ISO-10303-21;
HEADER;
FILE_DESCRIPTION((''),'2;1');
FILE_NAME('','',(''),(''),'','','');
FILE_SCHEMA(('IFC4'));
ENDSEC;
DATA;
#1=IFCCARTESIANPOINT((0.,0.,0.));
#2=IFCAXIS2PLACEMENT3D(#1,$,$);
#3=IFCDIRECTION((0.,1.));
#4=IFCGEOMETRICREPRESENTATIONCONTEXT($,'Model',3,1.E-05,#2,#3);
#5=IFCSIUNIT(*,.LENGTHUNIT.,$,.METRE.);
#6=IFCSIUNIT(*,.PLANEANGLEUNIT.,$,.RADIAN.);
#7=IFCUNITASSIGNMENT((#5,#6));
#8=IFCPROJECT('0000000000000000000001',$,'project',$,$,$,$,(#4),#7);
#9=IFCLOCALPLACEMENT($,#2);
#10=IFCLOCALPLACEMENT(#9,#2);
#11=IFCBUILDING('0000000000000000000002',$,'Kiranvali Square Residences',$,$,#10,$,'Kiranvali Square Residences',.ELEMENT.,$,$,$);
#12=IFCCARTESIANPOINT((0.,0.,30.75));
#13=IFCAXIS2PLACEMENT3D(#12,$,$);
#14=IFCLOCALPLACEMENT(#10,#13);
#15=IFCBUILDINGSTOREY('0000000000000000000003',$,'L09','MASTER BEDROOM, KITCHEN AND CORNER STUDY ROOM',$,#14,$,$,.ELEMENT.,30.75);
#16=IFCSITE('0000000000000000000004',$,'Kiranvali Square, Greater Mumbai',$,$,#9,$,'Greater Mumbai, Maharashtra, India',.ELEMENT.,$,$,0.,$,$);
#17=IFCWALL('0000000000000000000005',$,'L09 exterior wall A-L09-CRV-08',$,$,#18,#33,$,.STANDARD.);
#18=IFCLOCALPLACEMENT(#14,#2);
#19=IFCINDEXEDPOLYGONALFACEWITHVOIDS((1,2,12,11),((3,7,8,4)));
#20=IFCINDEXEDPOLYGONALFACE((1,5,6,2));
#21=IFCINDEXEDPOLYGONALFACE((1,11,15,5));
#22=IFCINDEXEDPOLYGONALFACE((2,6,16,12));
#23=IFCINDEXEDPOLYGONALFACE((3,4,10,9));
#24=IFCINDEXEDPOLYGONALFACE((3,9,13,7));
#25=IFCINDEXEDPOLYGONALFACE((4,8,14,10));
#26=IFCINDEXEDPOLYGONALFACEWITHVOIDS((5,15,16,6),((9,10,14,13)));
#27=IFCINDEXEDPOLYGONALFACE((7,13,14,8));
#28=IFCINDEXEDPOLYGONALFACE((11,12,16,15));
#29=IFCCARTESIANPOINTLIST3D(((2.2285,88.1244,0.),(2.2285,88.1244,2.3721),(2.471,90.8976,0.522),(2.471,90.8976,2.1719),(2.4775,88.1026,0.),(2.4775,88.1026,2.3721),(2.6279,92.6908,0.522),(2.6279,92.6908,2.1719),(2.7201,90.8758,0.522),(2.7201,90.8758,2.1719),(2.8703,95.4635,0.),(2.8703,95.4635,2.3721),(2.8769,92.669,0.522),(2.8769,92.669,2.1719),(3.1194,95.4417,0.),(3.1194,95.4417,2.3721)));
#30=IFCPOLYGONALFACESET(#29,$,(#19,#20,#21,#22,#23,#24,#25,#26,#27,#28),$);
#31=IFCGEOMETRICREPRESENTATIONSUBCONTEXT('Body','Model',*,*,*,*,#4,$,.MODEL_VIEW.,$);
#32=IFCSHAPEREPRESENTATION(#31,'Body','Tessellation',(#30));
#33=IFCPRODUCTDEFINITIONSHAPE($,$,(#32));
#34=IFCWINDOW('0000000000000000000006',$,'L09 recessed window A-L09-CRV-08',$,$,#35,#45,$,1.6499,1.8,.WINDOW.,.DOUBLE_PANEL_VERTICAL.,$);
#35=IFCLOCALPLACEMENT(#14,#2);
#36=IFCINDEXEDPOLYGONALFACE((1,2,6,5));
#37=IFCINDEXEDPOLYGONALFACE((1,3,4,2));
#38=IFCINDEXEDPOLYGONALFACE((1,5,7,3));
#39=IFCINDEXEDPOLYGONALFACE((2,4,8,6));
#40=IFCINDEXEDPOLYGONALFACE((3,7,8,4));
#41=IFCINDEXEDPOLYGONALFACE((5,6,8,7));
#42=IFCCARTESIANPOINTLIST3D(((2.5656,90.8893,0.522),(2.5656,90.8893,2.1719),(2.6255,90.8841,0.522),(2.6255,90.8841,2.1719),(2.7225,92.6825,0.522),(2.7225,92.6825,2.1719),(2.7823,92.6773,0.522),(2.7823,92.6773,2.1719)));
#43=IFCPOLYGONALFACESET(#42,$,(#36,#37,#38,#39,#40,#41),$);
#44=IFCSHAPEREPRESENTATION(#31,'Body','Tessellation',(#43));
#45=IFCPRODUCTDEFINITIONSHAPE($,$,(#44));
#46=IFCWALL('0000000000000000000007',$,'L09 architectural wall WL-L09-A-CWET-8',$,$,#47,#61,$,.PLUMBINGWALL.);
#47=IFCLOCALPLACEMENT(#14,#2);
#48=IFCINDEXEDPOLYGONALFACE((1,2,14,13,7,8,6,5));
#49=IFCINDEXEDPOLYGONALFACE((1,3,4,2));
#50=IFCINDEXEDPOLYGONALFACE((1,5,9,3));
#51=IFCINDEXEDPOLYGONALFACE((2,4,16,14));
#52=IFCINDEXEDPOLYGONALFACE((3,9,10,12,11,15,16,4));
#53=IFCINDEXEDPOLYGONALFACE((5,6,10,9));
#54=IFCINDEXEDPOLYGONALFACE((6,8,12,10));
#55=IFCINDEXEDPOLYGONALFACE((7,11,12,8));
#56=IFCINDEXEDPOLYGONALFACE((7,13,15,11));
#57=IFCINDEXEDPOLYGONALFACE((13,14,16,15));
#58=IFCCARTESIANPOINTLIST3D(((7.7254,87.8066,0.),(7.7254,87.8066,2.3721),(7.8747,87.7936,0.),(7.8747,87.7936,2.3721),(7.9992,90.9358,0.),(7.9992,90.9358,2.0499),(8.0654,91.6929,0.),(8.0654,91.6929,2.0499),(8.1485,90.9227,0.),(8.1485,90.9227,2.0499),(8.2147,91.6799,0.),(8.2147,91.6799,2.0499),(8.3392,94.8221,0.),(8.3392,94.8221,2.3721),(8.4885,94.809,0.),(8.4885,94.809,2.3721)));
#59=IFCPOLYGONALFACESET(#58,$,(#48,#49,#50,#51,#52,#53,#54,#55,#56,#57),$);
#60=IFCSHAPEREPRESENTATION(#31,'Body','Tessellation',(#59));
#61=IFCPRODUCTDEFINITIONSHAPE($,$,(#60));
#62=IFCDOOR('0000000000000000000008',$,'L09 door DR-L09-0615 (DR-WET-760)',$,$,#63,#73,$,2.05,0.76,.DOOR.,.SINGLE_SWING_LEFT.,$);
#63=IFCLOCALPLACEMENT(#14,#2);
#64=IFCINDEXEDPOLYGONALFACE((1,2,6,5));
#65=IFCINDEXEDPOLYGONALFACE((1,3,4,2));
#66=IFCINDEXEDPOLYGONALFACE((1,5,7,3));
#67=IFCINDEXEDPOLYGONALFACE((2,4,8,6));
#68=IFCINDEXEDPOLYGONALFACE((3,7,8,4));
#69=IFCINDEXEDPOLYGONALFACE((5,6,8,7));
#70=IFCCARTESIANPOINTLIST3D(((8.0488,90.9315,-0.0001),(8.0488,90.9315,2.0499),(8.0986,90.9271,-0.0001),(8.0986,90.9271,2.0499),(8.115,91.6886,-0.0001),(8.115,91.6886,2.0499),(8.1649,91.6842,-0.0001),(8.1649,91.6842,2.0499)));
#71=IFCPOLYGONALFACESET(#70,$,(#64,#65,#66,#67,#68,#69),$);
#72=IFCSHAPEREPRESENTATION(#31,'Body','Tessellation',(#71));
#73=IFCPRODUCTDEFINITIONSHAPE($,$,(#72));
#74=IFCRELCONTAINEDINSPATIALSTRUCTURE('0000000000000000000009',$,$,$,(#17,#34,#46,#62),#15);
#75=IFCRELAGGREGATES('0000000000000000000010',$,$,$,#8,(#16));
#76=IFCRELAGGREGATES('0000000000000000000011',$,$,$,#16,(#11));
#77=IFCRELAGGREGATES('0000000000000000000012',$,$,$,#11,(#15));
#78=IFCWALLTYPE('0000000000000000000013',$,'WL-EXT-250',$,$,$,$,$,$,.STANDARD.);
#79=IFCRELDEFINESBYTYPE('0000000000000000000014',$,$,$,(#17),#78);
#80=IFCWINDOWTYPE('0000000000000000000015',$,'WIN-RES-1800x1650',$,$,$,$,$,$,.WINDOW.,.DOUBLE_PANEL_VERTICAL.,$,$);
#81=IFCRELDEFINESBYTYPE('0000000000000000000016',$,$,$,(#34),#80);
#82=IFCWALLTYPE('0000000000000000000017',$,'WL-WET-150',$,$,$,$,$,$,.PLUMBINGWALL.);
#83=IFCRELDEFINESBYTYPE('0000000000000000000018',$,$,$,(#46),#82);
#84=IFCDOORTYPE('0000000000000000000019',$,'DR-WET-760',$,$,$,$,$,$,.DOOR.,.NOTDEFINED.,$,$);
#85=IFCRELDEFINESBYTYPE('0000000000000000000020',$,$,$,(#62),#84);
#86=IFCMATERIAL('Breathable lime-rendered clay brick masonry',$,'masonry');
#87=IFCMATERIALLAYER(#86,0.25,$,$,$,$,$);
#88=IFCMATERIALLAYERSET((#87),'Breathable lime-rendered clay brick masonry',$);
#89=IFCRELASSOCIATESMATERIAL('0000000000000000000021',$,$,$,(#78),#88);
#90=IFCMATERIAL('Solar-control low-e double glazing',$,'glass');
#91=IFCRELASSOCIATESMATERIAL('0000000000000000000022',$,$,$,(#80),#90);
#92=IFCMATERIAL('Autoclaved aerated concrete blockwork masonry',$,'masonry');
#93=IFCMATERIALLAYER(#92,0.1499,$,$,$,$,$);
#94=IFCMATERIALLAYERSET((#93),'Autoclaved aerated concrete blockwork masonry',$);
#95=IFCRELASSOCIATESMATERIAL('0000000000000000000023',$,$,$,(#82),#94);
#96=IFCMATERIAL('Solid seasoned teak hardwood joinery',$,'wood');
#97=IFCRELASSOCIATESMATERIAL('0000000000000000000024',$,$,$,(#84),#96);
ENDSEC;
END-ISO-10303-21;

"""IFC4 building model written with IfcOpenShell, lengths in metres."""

from ifc_helpers import new_model, si_unit, direction, frame, frame_2d, origin, place, context, subcontext, project, spatial, rectangle, extrude, material, layer, layer_set, type_object, element, fill, save


model = new_model("IFC4")

# Units and contexts
model_context = context("Model", 3, precision=1e-05, world=origin(), true_north=direction((0.0, 1.0)))
body_context = subcontext(model_context, "Body", "Model", "MODEL_VIEW")
ifc_project = project(units=[si_unit("LENGTHUNIT", "METRE"), si_unit("PLANEANGLEUNIT", "RADIAN")], contexts=[model_context])

# Site, building, storey
site_placement = place(None, origin())
site = spatial("IfcSite", under=ifc_project, at=site_placement, Name="Kiranvali Square, Greater Mumbai", LongName="Greater Mumbai, Maharashtra, India", CompositionType="ELEMENT", RefElevation=0.0)
building_placement = place(site_placement, origin())
building = spatial("IfcBuilding", under=site, at=building_placement, Name="Kiranvali Square Residences", LongName="Kiranvali Square Residences", CompositionType="ELEMENT")
storey_placement = place(building_placement, frame((0.0, 0.0, 30.75)))
storey = spatial("IfcBuildingStorey", under=building, at=storey_placement, Name="L09", Description="MASTER BEDROOM, KITCHEN AND CORNER STUDY ROOM", CompositionType="ELEMENT", Elevation=30.75)

# Shared definitions
ifc_material_1 = material(Name="Autoclaved aerated concrete blockwork masonry", Category="masonry")

# Wall, opening, window
ifc_material_2 = material(Name="Breathable lime-rendered clay brick masonry", Category="masonry")
ifc_layer_1 = layer(ifc_material_2, 0.25)
ifc_layer_set_1 = layer_set([ifc_layer_1], Name="Breathable lime-rendered clay brick masonry")
wall_type_1 = type_object("IfcWallType", Name="WL-EXT-250", PredefinedType="STANDARD", material=ifc_layer_set_1)
wall_1_placement = place(storey_placement, frame((2.9949, 95.4526, 0.0), z_axis=(0.0, 0.0, 1.0), x_axis=(-0.087123, -0.996198, 0.0)))
wall_1 = element("IfcWall", 1, at=wall_1_placement, inside=storey, type_object=wall_type_1, Name="L09 exterior wall A-L09-CRV-08", PredefinedType="STANDARD", context=body_context, shape_type="SweptSolid", body=[
    extrude(rectangle(XDim=7.3672, YDim=0.25, at=frame_2d((3.6836, 0.0))), origin(), (0.0, 0.0, 1.0), 2.3721),
])
opening_1_placement = place(wall_1_placement, frame((2.7834, 0.0, 0.522)))
opening_1 = element("IfcOpeningElement", 2, at=opening_1_placement, cuts=wall_1, PredefinedType="OPENING", context=body_context, shape_type="SweptSolid", body=[
    extrude(rectangle(XDim=1.8, YDim=1.6499, at=frame_2d((0.8999, 0.825))), frame((0.0, 0.135, 0.0), z_axis=(0.0, -1.0, 0.0), x_axis=(1.0, 0.0, 0.0)), (0.0, 0.0, 1.0), 0.27),
])
ifc_material_3 = material(Name="Solar-control low-e double glazing", Category="glass")
window_type = type_object("IfcWindowType", Name="WIN-RES-1800x1650", PartitioningType="DOUBLE_PANEL_VERTICAL", PredefinedType="WINDOW", material=ifc_material_3)
window_placement = place(opening_1_placement, origin())
window = element("IfcWindow", 3, at=window_placement, inside=storey, type_object=window_type, Name="L09 recessed window A-L09-CRV-08", OverallHeight=1.6499, OverallWidth=1.8, PartitioningType="DOUBLE_PANEL_VERTICAL", PredefinedType="WINDOW", context=body_context, shape_type="SweptSolid", body=[
    extrude(rectangle(XDim=1.8, YDim=1.6499, at=frame_2d((0.8999, 0.825))), frame((0.0, 0.03, 0.0), z_axis=(0.0, -1.0, 0.0), x_axis=(1.0, 0.0, 0.0)), (0.0, 0.0, 1.0), 0.0601),
])
fill(opening_1, window)

# Wall, opening, door
ifc_layer_2 = layer(ifc_material_1, 0.1499)
ifc_layer_set_2 = layer_set([ifc_layer_2], Name="Autoclaved aerated concrete blockwork masonry")
wall_type_2 = type_object("IfcWallType", Name="WL-WET-150", PredefinedType="PLUMBINGWALL", material=ifc_layer_set_2)
wall_2_placement = place(storey_placement, frame((8.4138, 94.8154, 0.0), z_axis=(0.0, 0.0, 1.0), x_axis=(-0.087156, -0.996195, 0.0)))
wall_2 = element("IfcWall", 4, at=wall_2_placement, inside=storey, type_object=wall_type_2, Name="L09 architectural wall WL-L09-A-CWET-8", PredefinedType="PLUMBINGWALL", context=body_context, shape_type="SweptSolid", body=[
    extrude(rectangle(XDim=7.0422, YDim=0.1499, at=frame_2d((3.521, 0.0))), origin(), (0.0, 0.0, 1.0), 2.3721),
])
opening_2_placement = place(wall_2_placement, frame((3.1411, 0.0, 0.0)))
opening_2 = element("IfcOpeningElement", 5, at=opening_2_placement, cuts=wall_2, PredefinedType="OPENING", context=body_context, shape_type="SweptSolid", body=[
    extrude(rectangle(XDim=0.76, YDim=2.05, at=frame_2d((0.3799, 1.0249))), frame((0.0, 0.085, 0.0), z_axis=(0.0, -1.0, 0.0), x_axis=(1.0, 0.0, 0.0)), (0.0, 0.0, 1.0), 0.1699),
])
ifc_material_4 = material(Name="Solid seasoned teak hardwood joinery", Category="wood")
door_type = type_object("IfcDoorType", Name="DR-WET-760", OperationType="NOTDEFINED", PredefinedType="DOOR", material=ifc_material_4)
door_placement = place(opening_2_placement, origin())
door = element("IfcDoor", 6, at=door_placement, inside=storey, type_object=door_type, Name="L09 door DR-L09-0615 (DR-WET-760)", OperationType="SINGLE_SWING_LEFT", OverallHeight=2.05, OverallWidth=0.76, PredefinedType="DOOR", context=body_context, shape_type="SweptSolid", body=[
    extrude(rectangle(XDim=0.76, YDim=2.05, at=frame_2d((0.3799, 1.0249))), frame((0.0, 0.0249, 0.0), z_axis=(0.0, -1.0, 0.0), x_axis=(1.0, 0.0, 0.0)), (0.0, 0.0, 1.0), 0.05),
])
fill(opening_2, door)

save(model, "model.ifc")
